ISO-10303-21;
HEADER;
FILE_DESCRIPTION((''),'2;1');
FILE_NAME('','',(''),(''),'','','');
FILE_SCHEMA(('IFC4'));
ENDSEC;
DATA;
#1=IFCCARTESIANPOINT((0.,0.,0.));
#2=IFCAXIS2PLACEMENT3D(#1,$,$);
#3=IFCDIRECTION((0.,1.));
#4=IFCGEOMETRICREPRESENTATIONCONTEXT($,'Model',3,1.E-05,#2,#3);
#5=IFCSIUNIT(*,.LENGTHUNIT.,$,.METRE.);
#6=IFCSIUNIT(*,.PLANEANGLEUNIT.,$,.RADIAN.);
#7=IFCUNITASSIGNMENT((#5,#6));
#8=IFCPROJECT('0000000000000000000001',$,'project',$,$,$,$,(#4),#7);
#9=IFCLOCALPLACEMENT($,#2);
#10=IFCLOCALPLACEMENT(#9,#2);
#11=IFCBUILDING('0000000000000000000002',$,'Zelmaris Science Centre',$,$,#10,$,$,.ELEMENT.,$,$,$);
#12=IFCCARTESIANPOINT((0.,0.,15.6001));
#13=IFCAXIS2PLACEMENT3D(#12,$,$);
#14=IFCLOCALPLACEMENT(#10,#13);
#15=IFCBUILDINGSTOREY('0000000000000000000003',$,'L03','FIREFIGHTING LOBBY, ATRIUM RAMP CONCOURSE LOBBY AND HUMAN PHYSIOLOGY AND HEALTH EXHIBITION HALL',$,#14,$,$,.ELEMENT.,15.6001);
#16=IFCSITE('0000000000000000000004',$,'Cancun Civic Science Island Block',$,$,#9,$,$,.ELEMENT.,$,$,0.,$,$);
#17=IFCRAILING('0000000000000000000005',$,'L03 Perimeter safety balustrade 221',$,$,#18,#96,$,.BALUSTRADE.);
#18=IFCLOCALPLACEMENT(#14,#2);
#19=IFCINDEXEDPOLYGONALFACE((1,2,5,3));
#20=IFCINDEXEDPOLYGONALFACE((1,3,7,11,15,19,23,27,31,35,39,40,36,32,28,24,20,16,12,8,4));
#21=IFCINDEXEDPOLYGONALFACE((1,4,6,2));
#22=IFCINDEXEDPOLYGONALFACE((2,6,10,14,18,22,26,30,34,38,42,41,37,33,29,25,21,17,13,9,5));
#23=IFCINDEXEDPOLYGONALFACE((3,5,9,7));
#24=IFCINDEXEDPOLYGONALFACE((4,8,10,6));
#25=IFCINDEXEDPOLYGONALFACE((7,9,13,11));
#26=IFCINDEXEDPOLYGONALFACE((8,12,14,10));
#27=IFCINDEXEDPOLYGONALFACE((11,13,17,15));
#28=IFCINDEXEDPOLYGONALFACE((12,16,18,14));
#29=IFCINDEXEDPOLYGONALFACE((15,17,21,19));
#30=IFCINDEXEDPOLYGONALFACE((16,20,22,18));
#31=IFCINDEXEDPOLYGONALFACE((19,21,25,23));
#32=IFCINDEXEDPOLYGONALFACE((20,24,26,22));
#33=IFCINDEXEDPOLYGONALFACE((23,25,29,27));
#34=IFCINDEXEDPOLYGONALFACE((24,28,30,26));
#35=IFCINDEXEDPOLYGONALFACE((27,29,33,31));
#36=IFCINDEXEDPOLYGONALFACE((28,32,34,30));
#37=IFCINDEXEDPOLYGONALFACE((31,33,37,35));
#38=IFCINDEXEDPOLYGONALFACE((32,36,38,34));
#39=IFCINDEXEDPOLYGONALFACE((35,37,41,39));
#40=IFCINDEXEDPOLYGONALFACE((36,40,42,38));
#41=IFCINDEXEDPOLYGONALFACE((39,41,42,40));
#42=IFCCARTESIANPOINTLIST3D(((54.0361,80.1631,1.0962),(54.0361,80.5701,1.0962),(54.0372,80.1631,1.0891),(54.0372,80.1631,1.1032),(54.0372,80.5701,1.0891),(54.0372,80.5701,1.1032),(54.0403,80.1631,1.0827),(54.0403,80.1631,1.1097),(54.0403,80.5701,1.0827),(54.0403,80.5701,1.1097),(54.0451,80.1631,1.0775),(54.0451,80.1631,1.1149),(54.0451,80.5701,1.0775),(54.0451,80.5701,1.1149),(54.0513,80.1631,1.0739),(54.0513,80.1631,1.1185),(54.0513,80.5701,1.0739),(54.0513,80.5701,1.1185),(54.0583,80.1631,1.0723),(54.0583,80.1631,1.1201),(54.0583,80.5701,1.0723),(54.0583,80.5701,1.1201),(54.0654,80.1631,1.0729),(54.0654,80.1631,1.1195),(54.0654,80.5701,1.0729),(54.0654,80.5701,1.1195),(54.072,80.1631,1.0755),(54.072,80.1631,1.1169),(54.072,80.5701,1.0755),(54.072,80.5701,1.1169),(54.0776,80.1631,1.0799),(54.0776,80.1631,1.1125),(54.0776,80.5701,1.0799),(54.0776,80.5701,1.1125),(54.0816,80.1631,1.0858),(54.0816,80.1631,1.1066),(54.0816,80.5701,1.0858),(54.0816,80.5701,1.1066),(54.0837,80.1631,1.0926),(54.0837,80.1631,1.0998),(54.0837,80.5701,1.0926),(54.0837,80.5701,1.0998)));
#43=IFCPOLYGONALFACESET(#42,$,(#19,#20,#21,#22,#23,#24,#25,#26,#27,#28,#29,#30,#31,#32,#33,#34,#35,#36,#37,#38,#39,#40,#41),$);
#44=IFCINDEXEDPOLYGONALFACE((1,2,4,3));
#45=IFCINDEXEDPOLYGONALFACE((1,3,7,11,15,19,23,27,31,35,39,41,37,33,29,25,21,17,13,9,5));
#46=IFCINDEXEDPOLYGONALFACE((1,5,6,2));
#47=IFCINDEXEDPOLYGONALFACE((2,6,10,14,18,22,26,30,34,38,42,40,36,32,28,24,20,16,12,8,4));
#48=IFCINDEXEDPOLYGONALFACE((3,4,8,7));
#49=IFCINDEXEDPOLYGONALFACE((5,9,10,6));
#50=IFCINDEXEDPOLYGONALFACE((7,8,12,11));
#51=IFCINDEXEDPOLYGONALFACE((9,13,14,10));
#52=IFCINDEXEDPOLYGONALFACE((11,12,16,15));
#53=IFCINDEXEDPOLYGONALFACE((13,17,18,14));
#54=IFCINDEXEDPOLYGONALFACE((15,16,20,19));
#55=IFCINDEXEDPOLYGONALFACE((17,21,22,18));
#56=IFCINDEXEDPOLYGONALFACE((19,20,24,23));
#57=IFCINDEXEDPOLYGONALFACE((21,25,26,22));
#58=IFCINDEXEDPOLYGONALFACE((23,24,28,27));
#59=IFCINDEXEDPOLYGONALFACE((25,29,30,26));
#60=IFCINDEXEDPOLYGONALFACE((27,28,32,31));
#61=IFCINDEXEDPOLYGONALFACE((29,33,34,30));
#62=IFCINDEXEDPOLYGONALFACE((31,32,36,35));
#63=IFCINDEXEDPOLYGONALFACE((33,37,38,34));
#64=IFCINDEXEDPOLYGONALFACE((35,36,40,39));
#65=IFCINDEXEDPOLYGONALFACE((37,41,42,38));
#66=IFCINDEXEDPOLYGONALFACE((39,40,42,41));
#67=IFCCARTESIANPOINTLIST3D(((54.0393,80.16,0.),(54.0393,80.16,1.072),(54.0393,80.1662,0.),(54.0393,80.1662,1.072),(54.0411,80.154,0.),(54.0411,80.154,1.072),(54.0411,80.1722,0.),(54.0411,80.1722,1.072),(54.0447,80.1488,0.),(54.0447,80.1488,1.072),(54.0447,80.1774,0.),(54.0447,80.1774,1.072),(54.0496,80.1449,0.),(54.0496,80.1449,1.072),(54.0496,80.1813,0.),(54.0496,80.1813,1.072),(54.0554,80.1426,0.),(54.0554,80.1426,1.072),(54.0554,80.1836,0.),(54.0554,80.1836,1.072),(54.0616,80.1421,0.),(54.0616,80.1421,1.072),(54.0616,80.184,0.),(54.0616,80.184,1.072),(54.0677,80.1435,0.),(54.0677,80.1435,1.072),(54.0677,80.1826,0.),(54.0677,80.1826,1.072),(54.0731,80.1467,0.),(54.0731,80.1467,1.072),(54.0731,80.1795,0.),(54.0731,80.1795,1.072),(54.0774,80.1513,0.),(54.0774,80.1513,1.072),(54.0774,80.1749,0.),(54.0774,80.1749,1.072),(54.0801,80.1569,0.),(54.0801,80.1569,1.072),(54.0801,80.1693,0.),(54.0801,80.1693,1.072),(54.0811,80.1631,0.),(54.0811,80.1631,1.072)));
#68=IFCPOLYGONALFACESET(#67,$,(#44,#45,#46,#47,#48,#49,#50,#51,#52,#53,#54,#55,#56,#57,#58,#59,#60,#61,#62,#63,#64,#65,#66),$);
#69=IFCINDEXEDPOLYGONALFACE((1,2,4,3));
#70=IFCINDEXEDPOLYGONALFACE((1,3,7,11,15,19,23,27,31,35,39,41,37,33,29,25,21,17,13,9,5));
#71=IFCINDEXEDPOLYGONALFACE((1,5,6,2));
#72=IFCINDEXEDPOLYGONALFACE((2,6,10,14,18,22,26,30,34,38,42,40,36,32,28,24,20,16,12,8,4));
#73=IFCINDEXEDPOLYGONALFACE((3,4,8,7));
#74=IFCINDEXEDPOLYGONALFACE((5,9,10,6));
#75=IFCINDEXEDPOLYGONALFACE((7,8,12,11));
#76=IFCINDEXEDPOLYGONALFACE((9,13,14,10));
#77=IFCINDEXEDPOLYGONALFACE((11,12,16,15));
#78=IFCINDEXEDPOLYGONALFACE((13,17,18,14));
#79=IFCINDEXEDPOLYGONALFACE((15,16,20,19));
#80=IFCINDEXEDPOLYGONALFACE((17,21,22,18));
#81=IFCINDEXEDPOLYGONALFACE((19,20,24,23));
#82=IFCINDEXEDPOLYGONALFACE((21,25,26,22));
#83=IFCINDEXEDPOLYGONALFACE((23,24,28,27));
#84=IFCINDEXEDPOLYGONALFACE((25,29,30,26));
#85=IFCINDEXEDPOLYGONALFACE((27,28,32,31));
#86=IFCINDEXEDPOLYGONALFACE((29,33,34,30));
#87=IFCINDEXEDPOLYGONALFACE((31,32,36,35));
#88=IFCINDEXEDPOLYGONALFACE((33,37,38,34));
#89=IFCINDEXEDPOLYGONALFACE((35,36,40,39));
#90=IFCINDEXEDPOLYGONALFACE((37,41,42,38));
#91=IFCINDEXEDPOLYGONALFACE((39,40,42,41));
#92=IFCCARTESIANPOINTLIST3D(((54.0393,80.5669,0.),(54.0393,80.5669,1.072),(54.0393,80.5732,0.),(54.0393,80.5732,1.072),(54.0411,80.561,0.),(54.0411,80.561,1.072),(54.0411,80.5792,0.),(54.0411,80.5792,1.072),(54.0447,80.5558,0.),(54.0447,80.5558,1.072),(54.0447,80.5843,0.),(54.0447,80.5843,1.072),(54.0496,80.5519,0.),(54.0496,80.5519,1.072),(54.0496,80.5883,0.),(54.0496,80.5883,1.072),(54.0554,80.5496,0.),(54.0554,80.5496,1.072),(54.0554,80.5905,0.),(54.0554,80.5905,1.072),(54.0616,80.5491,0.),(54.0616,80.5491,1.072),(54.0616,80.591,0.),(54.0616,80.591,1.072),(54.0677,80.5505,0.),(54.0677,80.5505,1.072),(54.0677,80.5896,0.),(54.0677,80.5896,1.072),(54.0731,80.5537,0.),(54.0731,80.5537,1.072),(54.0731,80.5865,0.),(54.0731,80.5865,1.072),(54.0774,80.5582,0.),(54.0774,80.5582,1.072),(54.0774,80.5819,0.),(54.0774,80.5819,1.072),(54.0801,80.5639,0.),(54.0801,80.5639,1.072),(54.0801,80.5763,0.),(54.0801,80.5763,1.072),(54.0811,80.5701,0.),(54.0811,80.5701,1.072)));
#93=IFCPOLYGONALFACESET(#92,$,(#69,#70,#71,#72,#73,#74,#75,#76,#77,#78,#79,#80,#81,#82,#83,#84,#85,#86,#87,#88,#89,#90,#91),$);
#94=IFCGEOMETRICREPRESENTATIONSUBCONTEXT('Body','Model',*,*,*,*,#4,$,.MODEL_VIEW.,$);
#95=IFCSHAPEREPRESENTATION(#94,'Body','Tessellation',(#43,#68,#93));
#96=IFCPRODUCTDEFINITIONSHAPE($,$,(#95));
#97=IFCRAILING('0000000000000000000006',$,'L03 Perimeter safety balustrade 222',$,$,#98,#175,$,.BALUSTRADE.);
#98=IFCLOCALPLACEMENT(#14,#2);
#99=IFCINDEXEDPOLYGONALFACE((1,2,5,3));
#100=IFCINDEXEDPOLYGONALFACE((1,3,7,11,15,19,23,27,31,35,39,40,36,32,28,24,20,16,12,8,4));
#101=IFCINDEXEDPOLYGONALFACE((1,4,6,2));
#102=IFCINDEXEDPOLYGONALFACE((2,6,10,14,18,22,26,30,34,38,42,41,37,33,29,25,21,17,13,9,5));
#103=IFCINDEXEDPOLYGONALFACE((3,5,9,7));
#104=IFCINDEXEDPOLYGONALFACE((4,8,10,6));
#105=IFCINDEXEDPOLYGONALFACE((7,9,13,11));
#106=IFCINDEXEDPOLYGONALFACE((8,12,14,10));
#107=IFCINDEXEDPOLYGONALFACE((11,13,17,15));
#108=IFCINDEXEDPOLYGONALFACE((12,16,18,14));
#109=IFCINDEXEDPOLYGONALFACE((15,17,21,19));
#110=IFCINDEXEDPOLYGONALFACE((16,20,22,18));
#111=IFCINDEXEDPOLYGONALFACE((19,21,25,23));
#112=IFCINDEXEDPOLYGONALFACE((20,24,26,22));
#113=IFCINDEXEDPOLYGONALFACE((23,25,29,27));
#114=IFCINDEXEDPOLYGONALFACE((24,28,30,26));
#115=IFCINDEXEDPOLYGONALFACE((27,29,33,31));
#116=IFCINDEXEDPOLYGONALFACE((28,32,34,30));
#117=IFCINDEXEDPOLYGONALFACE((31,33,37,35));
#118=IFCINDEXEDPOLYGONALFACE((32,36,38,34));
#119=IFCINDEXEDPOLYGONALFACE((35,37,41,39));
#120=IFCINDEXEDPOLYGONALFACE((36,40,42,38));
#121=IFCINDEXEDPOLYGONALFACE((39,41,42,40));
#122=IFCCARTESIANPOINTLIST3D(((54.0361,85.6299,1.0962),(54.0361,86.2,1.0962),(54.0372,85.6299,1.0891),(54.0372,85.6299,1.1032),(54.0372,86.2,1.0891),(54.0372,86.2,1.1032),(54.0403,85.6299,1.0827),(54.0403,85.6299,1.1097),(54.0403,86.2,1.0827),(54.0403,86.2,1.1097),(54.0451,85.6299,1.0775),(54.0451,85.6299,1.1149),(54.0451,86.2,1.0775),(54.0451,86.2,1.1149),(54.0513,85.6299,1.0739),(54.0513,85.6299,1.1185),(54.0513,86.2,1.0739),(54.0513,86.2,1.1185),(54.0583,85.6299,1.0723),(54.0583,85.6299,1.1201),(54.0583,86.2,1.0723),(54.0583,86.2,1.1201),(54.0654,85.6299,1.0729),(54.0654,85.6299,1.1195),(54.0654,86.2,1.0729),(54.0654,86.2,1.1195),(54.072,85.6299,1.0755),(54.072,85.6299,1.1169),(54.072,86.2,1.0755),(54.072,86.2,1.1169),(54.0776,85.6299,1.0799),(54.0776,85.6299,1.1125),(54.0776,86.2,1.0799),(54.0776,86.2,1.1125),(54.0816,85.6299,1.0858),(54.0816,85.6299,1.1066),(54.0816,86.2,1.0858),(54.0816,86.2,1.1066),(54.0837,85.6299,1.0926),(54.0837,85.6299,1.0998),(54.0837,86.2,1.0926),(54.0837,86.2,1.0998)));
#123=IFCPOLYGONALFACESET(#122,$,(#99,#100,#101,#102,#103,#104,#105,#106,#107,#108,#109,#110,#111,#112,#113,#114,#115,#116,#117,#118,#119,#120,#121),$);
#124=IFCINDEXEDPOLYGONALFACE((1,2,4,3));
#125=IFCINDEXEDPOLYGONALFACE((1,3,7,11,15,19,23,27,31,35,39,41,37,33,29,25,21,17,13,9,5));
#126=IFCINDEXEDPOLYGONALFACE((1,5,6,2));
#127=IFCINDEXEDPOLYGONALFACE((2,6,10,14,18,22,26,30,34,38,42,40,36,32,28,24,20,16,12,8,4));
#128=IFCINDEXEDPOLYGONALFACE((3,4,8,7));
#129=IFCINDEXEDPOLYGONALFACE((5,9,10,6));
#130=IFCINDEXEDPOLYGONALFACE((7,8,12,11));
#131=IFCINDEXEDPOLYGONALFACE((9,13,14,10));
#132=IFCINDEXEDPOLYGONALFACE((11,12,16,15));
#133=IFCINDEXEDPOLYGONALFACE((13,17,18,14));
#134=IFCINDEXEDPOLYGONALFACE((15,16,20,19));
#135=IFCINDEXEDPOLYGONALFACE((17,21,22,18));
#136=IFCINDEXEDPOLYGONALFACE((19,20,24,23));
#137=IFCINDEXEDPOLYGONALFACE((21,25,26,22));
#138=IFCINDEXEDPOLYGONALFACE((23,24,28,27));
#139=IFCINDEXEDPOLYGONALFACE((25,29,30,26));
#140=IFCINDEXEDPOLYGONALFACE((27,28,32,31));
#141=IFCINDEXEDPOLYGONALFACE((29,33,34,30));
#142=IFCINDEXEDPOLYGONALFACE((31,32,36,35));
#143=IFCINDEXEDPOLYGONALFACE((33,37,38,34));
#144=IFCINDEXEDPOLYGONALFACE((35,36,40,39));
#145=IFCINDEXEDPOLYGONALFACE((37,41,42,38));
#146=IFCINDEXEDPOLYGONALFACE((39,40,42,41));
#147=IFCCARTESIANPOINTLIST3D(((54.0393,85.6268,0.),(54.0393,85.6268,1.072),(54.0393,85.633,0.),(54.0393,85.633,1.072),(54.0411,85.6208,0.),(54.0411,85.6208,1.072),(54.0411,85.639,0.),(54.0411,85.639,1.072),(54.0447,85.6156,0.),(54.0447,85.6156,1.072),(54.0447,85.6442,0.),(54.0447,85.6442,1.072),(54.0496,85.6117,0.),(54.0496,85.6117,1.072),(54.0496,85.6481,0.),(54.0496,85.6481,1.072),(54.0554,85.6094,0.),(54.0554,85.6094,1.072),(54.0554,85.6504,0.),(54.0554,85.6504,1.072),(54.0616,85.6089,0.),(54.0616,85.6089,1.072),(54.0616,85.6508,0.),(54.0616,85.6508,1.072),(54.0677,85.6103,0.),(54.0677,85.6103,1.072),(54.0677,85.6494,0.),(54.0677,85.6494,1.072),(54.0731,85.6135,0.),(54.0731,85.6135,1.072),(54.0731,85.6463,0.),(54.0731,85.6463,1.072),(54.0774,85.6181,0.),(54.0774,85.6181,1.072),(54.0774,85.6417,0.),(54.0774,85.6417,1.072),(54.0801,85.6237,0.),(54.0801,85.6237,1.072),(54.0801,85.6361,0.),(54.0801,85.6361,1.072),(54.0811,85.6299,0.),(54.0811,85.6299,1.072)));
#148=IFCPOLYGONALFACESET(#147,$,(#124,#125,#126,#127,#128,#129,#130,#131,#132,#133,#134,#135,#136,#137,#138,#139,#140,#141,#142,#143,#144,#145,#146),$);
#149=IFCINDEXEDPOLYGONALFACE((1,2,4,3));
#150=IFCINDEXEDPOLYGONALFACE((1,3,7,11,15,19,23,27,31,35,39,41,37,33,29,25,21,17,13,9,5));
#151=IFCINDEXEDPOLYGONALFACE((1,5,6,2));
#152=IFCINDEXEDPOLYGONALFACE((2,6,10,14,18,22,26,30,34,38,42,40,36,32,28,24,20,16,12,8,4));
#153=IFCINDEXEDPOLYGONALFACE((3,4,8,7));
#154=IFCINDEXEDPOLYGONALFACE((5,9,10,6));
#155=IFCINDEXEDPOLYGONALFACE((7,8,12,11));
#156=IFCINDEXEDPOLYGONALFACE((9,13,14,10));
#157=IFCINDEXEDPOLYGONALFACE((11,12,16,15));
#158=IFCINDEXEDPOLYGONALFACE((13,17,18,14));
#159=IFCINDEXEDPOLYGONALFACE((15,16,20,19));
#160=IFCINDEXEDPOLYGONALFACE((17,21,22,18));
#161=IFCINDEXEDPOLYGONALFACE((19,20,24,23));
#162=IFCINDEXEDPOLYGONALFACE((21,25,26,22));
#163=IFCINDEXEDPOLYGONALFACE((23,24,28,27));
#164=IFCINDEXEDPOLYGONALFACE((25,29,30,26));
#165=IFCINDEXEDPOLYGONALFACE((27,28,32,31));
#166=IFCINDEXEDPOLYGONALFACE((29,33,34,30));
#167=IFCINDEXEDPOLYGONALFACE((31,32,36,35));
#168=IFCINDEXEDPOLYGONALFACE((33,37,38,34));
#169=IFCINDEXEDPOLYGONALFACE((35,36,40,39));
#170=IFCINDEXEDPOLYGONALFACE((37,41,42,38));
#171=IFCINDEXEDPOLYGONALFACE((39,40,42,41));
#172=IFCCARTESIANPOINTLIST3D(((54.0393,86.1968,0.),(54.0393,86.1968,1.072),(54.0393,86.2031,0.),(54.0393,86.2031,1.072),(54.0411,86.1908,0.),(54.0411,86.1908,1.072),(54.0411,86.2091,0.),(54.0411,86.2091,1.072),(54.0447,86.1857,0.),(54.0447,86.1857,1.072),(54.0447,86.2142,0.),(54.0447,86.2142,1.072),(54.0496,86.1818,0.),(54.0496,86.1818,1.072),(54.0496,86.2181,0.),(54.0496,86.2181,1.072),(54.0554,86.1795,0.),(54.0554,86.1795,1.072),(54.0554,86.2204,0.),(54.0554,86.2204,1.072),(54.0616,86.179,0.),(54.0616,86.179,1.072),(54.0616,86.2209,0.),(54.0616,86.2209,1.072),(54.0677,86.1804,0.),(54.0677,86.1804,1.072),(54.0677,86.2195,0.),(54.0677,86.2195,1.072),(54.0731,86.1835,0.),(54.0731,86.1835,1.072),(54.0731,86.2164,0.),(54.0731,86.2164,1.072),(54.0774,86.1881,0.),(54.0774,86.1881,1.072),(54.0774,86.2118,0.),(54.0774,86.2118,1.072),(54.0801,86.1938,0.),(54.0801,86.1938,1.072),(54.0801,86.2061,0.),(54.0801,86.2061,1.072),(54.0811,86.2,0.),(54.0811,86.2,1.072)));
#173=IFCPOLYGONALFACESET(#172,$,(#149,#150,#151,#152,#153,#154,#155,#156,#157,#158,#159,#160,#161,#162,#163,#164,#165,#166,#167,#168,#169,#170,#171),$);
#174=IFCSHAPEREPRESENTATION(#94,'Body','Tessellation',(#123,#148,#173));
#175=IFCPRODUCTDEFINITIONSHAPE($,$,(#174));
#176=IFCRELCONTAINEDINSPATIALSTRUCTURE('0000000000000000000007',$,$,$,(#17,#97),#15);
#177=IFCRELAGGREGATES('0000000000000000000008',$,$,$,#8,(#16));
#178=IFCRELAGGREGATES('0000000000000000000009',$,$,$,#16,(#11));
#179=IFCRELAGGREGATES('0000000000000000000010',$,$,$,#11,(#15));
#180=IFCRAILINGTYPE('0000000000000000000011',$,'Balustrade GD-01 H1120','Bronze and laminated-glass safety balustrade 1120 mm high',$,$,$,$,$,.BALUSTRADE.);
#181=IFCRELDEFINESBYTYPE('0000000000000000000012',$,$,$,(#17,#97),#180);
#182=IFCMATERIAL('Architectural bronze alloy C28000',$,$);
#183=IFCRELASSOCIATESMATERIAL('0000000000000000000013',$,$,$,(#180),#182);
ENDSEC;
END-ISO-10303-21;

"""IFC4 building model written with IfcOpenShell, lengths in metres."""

from ifc_helpers import new_model, si_unit, direction, frame, origin, origin_2d, place, context, subcontext, project, spatial, circle, extrude, material, type_object, element, save


model = new_model("IFC4")

# Units and contexts
model_context = context("Model", 3, precision=1e-05, world=origin(), true_north=direction((0.0, 1.0)))
body_context = subcontext(model_context, "Body", "Model", "MODEL_VIEW")
ifc_project = project(units=[si_unit("LENGTHUNIT", "METRE"), si_unit("PLANEANGLEUNIT", "RADIAN")], contexts=[model_context])

# Site, building, storey
site_placement = place(None, origin())
site = spatial("IfcSite", under=ifc_project, at=site_placement, Name="Cancun Civic Science Island Block", CompositionType="ELEMENT", RefElevation=0.0)
building_placement = place(site_placement, origin())
building = spatial("IfcBuilding", under=site, at=building_placement, Name="Zelmaris Science Centre", CompositionType="ELEMENT")
storey_placement = place(building_placement, frame((0.0, 0.0, 15.6001)))
storey = spatial("IfcBuildingStorey", under=building, at=storey_placement, Name="L03", Description="FIREFIGHTING LOBBY, ATRIUM RAMP CONCOURSE LOBBY AND HUMAN PHYSIOLOGY AND HEALTH EXHIBITION HALL", CompositionType="ELEMENT", Elevation=15.6001)

# Railings
ifc_material_1 = material(Name="Architectural bronze alloy C28000")
railing_type = type_object("IfcRailingType", Name="Balustrade GD-01 H1120", Description="Bronze and laminated-glass safety balustrade 1120 mm high", PredefinedType="BALUSTRADE", material=ifc_material_1)
railing_1_placement = place(storey_placement, frame((54.0601, 80.1631, 0.0)))
element("IfcRailing", 1, at=railing_1_placement, inside=storey, type_object=railing_type, Name="L03 Perimeter safety balustrade 221", PredefinedType="BALUSTRADE", context=body_context, shape_type="SweptSolid", body=[
    extrude(circle(Radius=0.0239, at=origin_2d()), frame((0.0, 0.0, 1.0962), z_axis=(0.0, 1.0, 0.0), x_axis=(-1.0, 0.0, 0.0)), (0.0, 0.0, 1.0), 0.407),
    extrude(circle(Radius=0.021, at=origin_2d()), origin(), (0.0, 0.0, 1.0), 1.072),
    extrude(circle(Radius=0.021, at=origin_2d()), frame((0.0, 0.407, 0.0)), (0.0, 0.0, 1.0), 1.072),
])
railing_2_placement = place(storey_placement, frame((54.0601, 85.6299, 0.0)))
element("IfcRailing", 2, at=railing_2_placement, inside=storey, type_object=railing_type, Name="L03 Perimeter safety balustrade 222", PredefinedType="BALUSTRADE", context=body_context, shape_type="SweptSolid", body=[
    extrude(circle(Radius=0.0239, at=origin_2d()), frame((0.0, 0.0, 1.0962), z_axis=(0.0, 1.0, 0.0), x_axis=(-1.0, 0.0, 0.0)), (0.0, 0.0, 1.0), 0.5701),
    extrude(circle(Radius=0.021, at=origin_2d()), origin(), (0.0, 0.0, 1.0), 1.072),
    extrude(circle(Radius=0.021, at=origin_2d()), frame((0.0, 0.5701, 0.0)), (0.0, 0.0, 1.0), 1.072),
])

save(model, "model.ifc")
